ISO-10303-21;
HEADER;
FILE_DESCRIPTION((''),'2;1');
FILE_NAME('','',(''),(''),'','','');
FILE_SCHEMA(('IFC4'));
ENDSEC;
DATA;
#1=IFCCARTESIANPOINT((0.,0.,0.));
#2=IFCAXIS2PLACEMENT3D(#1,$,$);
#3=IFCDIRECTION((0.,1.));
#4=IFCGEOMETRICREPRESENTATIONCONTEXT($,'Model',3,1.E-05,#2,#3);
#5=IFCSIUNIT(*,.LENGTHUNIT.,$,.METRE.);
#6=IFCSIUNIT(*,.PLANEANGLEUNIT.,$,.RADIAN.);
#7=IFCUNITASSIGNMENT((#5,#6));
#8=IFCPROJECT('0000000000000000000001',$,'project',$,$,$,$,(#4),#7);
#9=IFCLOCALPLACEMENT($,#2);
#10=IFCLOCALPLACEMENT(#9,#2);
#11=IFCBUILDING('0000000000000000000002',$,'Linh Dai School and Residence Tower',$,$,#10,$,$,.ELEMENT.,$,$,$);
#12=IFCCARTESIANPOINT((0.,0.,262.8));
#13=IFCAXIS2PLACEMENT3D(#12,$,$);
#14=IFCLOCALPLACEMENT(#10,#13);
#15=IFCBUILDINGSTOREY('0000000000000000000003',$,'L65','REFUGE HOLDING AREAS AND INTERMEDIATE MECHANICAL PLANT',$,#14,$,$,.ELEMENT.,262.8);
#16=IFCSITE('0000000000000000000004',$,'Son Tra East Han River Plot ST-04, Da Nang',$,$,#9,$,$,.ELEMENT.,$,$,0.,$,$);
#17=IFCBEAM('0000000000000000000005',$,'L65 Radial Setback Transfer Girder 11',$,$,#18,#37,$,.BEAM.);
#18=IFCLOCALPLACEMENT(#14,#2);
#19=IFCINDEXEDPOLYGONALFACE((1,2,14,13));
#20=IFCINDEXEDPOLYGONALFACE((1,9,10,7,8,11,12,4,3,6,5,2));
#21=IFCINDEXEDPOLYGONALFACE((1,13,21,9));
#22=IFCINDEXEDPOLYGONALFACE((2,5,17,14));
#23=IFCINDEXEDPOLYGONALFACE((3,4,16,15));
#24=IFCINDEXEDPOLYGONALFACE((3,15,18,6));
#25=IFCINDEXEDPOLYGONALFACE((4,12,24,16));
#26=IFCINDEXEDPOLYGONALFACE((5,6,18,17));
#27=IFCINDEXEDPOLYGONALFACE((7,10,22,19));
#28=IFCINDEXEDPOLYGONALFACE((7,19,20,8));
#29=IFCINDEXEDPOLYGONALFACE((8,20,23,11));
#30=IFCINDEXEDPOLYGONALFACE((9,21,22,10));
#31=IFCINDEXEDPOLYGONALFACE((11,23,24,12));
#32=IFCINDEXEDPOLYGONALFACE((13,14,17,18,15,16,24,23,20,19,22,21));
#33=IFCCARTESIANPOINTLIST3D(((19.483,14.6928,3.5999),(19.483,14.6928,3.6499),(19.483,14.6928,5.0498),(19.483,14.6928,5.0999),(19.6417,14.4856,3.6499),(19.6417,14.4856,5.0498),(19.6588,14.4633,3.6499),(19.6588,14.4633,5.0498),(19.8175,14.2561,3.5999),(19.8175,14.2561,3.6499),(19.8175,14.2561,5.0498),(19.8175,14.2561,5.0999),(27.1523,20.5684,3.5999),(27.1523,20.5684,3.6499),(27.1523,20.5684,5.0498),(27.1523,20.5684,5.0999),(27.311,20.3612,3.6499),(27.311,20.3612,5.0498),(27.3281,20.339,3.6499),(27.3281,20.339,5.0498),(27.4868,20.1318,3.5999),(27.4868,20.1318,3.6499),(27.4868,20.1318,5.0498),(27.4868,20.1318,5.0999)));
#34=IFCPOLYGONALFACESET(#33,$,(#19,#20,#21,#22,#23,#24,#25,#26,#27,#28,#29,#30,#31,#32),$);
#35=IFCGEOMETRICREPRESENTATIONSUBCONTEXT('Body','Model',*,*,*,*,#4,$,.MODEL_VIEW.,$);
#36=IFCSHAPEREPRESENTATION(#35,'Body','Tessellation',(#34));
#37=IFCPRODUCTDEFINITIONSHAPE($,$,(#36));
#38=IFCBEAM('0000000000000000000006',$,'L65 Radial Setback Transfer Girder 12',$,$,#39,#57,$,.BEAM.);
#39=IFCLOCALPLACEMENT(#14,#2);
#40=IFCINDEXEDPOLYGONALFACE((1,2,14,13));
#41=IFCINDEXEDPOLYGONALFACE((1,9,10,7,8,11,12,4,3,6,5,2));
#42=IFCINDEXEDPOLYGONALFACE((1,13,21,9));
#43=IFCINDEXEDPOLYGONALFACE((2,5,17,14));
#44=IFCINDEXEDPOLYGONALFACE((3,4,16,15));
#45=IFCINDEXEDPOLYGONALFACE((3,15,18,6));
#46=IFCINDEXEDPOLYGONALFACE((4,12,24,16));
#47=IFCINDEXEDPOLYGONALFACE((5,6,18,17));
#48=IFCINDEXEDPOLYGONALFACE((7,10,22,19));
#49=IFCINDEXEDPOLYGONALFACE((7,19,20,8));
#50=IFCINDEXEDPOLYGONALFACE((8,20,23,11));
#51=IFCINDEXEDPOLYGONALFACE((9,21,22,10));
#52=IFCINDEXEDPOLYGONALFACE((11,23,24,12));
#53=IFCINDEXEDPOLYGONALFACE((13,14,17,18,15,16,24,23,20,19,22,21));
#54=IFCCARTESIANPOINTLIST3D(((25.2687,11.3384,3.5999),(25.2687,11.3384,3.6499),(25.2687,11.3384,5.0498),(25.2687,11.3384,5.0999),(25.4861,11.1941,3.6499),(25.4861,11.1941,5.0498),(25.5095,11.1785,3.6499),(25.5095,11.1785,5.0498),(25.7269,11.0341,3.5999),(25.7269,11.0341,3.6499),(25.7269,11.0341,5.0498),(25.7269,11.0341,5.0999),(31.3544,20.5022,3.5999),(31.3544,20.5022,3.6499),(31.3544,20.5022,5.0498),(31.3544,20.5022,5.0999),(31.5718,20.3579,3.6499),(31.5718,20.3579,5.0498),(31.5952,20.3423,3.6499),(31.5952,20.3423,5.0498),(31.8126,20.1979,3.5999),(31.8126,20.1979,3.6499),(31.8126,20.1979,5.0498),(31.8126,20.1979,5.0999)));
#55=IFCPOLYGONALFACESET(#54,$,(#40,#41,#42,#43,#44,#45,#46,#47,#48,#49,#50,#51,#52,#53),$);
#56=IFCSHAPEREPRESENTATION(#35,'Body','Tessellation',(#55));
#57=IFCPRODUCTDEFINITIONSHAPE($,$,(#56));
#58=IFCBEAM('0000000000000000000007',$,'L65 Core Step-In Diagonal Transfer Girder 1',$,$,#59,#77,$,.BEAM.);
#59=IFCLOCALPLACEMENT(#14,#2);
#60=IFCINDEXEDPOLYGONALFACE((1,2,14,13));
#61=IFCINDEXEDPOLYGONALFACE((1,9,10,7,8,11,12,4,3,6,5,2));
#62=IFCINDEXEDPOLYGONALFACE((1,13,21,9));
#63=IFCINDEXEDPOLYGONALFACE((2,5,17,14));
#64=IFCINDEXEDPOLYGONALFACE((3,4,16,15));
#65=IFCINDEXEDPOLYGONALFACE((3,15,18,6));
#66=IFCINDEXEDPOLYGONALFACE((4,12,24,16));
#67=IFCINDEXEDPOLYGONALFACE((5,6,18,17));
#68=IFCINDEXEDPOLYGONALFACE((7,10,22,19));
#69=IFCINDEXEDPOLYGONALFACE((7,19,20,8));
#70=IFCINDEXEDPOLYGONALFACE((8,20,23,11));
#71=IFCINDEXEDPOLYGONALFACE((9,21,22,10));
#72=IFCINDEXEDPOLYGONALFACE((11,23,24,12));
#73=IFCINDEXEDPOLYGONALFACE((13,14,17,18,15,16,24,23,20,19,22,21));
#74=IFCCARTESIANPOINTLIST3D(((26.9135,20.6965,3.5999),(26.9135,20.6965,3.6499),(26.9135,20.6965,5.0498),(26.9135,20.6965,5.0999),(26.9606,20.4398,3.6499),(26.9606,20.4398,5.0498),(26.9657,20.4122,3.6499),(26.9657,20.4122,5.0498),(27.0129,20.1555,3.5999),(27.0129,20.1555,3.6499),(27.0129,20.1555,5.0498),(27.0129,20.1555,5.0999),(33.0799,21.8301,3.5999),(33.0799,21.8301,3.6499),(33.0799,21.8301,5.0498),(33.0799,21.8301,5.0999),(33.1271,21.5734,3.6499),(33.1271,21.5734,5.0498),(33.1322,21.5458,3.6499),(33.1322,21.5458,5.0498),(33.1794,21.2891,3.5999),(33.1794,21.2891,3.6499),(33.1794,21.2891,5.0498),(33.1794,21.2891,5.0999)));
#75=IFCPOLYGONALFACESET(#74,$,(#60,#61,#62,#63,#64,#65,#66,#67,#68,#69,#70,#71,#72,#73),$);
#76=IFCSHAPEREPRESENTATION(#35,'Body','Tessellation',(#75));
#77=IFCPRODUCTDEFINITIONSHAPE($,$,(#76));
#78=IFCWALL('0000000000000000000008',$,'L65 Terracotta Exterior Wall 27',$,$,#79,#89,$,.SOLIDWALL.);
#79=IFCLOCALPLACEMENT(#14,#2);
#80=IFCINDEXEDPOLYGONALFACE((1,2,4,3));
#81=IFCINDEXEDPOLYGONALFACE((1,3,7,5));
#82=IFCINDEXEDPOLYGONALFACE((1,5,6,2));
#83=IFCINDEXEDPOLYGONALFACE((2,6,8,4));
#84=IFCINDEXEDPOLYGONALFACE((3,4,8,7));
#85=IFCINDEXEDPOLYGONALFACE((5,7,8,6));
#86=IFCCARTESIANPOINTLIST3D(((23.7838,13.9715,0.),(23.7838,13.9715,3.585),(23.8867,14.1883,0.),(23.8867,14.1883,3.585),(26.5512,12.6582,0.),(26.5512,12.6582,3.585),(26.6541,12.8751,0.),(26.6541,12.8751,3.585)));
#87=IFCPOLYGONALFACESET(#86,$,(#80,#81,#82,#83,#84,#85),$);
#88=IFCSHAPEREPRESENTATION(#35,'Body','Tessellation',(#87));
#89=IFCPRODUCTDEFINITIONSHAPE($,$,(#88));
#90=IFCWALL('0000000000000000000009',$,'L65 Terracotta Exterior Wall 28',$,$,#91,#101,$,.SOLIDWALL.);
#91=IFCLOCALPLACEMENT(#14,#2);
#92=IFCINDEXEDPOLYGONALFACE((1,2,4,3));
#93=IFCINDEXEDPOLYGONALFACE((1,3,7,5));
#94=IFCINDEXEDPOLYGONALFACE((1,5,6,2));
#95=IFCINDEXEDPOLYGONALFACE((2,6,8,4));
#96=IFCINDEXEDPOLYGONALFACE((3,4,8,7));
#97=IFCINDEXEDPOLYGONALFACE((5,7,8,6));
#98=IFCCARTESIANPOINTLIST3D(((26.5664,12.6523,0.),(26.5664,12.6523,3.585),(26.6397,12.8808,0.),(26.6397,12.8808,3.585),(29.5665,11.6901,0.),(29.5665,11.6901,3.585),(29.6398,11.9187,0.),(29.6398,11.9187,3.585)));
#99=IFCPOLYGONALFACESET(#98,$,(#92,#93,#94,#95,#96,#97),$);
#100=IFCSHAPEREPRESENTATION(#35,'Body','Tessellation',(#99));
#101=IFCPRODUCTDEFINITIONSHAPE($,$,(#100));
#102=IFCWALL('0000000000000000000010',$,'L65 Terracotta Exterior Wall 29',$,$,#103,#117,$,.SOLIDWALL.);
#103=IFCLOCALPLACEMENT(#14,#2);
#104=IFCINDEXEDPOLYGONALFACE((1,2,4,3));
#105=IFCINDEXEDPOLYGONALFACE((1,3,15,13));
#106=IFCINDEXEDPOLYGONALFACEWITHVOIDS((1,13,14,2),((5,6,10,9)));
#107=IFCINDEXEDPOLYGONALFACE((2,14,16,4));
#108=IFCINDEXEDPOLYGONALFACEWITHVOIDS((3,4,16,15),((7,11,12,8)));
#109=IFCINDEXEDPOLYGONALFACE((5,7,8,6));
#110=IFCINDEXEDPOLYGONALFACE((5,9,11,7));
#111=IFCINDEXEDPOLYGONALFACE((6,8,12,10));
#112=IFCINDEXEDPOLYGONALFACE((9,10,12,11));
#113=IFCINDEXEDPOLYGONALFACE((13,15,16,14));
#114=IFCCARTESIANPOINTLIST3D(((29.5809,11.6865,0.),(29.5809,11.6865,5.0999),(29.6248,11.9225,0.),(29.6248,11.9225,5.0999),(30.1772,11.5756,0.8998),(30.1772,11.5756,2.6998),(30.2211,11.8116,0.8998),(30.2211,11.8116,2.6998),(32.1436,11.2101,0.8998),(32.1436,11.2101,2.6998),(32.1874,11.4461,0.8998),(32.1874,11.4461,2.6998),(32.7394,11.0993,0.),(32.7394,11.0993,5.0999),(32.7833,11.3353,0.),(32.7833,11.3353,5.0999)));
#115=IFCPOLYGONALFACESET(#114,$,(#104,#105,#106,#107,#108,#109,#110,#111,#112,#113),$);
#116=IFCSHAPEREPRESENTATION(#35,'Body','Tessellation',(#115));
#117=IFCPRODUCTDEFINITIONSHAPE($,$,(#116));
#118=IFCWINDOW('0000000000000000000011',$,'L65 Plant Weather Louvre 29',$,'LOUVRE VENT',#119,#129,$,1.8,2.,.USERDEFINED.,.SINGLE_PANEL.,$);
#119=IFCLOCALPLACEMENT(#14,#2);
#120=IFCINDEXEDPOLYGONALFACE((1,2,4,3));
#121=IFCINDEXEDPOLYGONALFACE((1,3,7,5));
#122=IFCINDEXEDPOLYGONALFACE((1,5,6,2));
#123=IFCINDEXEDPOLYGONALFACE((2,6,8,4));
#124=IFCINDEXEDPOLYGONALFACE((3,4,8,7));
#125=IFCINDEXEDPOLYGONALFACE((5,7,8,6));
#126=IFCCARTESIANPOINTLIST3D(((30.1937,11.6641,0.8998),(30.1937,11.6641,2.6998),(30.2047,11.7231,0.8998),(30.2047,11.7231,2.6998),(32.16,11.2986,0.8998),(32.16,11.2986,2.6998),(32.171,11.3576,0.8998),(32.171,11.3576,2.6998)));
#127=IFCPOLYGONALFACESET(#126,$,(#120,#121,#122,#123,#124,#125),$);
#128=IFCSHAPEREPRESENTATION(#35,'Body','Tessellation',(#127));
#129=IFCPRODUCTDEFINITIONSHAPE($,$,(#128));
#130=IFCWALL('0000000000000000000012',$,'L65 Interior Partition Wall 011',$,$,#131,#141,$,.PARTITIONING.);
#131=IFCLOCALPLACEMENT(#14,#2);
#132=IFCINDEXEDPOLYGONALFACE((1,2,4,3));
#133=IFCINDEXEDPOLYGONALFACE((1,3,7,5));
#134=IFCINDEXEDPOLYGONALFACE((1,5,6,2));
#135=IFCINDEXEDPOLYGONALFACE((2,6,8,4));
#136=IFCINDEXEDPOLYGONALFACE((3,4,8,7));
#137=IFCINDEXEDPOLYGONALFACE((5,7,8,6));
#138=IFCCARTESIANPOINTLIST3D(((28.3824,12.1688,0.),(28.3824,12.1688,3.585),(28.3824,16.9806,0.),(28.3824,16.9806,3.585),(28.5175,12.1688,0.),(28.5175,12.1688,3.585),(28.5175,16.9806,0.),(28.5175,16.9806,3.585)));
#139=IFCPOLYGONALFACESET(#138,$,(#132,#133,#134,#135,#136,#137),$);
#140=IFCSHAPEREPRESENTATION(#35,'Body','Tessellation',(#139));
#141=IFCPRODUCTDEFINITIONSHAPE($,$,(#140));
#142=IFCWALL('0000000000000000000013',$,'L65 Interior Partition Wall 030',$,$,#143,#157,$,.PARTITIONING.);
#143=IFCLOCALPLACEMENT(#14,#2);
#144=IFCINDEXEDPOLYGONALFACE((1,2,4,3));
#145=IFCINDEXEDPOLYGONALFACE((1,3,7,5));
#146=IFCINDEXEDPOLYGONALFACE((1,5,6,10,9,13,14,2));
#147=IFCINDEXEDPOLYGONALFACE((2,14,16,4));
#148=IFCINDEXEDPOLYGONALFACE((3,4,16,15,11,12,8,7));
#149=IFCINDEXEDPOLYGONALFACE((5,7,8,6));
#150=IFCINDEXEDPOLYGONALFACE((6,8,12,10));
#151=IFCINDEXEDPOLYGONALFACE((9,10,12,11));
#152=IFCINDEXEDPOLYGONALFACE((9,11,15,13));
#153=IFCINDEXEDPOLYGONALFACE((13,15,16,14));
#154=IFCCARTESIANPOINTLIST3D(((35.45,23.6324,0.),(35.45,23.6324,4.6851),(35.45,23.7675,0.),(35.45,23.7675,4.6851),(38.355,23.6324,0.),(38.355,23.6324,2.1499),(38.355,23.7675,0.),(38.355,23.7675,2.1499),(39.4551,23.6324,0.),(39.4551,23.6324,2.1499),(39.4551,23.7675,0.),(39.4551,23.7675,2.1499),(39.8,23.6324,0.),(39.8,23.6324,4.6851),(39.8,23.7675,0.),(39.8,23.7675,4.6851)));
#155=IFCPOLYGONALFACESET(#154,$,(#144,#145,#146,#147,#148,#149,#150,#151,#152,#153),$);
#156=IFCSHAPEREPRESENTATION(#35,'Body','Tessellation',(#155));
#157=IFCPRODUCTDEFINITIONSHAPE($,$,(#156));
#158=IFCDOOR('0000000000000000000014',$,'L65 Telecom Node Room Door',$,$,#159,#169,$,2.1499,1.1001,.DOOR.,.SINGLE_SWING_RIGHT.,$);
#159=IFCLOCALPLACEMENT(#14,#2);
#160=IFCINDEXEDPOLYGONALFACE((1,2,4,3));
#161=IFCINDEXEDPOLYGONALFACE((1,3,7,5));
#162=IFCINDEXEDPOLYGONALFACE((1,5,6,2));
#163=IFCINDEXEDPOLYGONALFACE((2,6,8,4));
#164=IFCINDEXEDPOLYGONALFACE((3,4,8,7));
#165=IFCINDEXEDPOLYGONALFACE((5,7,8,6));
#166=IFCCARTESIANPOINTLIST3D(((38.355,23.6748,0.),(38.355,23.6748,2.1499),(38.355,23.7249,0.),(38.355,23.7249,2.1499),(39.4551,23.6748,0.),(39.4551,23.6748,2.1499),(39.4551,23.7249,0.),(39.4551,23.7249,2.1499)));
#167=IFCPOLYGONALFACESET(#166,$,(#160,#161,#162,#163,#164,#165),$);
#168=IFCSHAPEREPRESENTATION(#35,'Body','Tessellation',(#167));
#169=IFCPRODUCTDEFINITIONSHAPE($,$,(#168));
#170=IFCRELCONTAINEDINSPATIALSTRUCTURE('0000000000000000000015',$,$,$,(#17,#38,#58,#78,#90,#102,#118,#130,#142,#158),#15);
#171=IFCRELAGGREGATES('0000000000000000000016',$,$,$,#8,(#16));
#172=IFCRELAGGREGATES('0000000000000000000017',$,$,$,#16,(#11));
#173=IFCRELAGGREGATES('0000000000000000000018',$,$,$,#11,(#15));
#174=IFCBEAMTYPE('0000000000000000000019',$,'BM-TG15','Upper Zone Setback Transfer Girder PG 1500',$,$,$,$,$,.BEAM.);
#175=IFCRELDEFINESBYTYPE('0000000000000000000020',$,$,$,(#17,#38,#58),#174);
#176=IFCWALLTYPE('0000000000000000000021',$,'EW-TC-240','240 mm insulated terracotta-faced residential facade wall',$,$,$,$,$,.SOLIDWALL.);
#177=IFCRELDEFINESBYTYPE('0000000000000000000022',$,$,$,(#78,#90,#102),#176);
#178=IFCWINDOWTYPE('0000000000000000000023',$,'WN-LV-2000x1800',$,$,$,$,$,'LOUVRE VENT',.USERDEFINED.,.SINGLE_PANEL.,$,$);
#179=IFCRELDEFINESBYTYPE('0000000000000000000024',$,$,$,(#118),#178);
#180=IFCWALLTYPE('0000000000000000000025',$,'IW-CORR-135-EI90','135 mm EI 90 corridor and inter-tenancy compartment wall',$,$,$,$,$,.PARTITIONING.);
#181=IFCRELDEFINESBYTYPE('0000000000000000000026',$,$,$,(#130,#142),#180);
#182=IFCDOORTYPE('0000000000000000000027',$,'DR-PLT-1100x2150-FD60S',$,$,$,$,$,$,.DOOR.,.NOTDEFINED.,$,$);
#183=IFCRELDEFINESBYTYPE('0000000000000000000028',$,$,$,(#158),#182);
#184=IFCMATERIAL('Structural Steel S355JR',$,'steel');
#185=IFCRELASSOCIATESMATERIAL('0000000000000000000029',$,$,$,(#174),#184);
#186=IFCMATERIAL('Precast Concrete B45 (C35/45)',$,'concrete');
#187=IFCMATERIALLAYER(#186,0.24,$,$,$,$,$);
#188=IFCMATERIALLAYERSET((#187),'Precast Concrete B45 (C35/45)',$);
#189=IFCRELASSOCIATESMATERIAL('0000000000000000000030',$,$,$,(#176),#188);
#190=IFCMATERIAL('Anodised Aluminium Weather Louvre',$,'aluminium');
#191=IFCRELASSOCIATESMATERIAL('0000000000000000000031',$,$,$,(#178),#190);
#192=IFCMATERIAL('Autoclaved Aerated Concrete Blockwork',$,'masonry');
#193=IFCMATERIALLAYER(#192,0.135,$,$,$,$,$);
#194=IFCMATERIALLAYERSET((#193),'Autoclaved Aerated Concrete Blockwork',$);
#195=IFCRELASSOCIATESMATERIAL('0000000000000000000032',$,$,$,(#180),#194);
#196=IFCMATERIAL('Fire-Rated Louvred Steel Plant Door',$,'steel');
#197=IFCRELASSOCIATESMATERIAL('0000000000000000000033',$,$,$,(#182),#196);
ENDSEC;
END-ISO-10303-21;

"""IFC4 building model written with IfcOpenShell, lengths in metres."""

from ifc_helpers import new_model, si_unit, direction, frame, frame_2d, origin, origin_2d, place, context, subcontext, project, spatial, rectangle, i_section, extrude, source, transform, mapped, material, layer, layer_set, material_profile, profile_set, type_object, element, fill, save


model = new_model("IFC4")

# Units and contexts
model_context = context("Model", 3, precision=1e-05, world=origin(), true_north=direction((0.0, 1.0)))
body_context = subcontext(model_context, "Body", "Model", "MODEL_VIEW")
ifc_project = project(units=[si_unit("LENGTHUNIT", "METRE"), si_unit("PLANEANGLEUNIT", "RADIAN")], contexts=[model_context])

# Site, building, storey
site_placement = place(None, origin())
site = spatial("IfcSite", under=ifc_project, at=site_placement, Name="Son Tra East Han River Plot ST-04, Da Nang", CompositionType="ELEMENT", RefElevation=0.0)
building_placement = place(site_placement, origin())
building = spatial("IfcBuilding", under=site, at=building_placement, Name="Linh Dai School and Residence Tower", CompositionType="ELEMENT")
storey_placement = place(building_placement, frame((0.0, 0.0, 262.8)))
storey = spatial("IfcBuildingStorey", under=building, at=storey_placement, Name="L65", Description="REFUGE HOLDING AREAS AND INTERMEDIATE MECHANICAL PLANT", CompositionType="ELEMENT", Elevation=262.8)

# Shared definitions
ifc_material_1 = material(Name="Structural Steel S355JR", Category="steel")

# Beams
ifc_material_profile_1 = material_profile(ifc_material_1, i_section(OverallWidth=0.55, OverallDepth=1.5, WebThickness=0.0281, FlangeThickness=0.05, at=origin_2d()), Name="PG 1500x550x28x50")
ifc_profile_set_1 = profile_set([ifc_material_profile_1], Name="Structural Steel S355JR")
beam_type_1 = type_object("IfcBeamType", Name="BM-TG15", Description="Upper Zone Setback Transfer Girder PG 1500", PredefinedType="BEAM", material=ifc_profile_set_1)
beam_1_placement = place(storey_placement, frame((27.3196, 20.3501, 4.3499), z_axis=(-0.793815, -0.60816, 0.0), x_axis=(0.60816, -0.793815, 0.0)))
element("IfcBeam", 1, at=beam_1_placement, inside=storey, type_object=beam_type_1, Name="L65 Radial Setback Transfer Girder 11", PredefinedType="BEAM", context=body_context, shape_type="SweptSolid", body=[
    extrude(i_section(OverallWidth=0.55, OverallDepth=1.5, WebThickness=0.0281, FlangeThickness=0.05, at=origin_2d()), origin(), (0.0, 0.0, 1.0), 9.6614),
])
beam_2_placement = place(storey_placement, frame((31.5835, 20.3501, 4.3499), z_axis=(-0.553219, -0.833036, 0.0), x_axis=(0.833036, -0.553219, 0.0)))
element("IfcBeam", 2, at=beam_2_placement, inside=storey, type_object=beam_type_1, Name="L65 Radial Setback Transfer Girder 12", PredefinedType="BEAM", context=body_context, shape_type="SweptSolid", body=[
    extrude(i_section(OverallWidth=0.55, OverallDepth=1.5, WebThickness=0.0281, FlangeThickness=0.05, at=origin_2d()), origin(), (0.0, 0.0, 1.0), 11.0005),
])
beam_3_placement = place(storey_placement, frame((33.1296, 21.5596, 4.3499), z_axis=(-0.983521, -0.180794, 0.0), x_axis=(0.180794, -0.983521, 0.0)))
element("IfcBeam", 3, at=beam_3_placement, inside=storey, type_object=beam_type_1, Name="L65 Core Step-In Diagonal Transfer Girder 1", PredefinedType="BEAM", context=body_context, shape_type="SweptSolid", body=[
    extrude(i_section(OverallWidth=0.55, OverallDepth=1.5, WebThickness=0.0281, FlangeThickness=0.05, at=origin_2d()), origin(), (0.0, 0.0, 1.0), 6.2698),
])

# Walls
ifc_material_2 = material(Name="Precast Concrete B45 (C35/45)", Category="concrete")
ifc_layer_1 = layer(ifc_material_2, 0.24)
ifc_layer_set_1 = layer_set([ifc_layer_1], Name="Precast Concrete B45 (C35/45)")
wall_type_1 = type_object("IfcWallType", Name="EW-TC-240", Description="240 mm insulated terracotta-faced residential facade wall", PredefinedType="SOLIDWALL", material=ifc_layer_set_1)
wall_1_placement = place(storey_placement, frame((26.6028, 12.7666, 0.0), z_axis=(0.0, 0.0, 1.0), x_axis=(-0.903436, 0.428724, 0.0)))
element("IfcWall", 4, at=wall_1_placement, inside=storey, type_object=wall_type_1, Name="L65 Terracotta Exterior Wall 27", PredefinedType="SOLIDWALL", context=body_context, shape_type="SweptSolid", body=[
    extrude(rectangle(XDim=3.0632, YDim=0.24, at=frame_2d((1.5317, 0.0))), origin(), (0.0, 0.0, 1.0), 3.585),
])
wall_2_placement = place(storey_placement, frame((29.603, 11.8044, 0.0), z_axis=(0.0, 0.0, 1.0), x_axis=(-0.952232, 0.305375, 0.0)))
element("IfcWall", 5, at=wall_2_placement, inside=storey, type_object=wall_type_1, Name="L65 Terracotta Exterior Wall 28", PredefinedType="SOLIDWALL", context=body_context, shape_type="SweptSolid", body=[
    extrude(rectangle(XDim=3.1506, YDim=0.24, at=frame_2d((1.5752, 0.0))), origin(), (0.0, 0.0, 1.0), 3.585),
])

# Wall, opening, window
wall_3_placement = place(storey_placement, frame((32.7615, 11.2173, 0.0), z_axis=(0.0, 0.0, 1.0), x_axis=(-0.983156, 0.18277, 0.0)))
wall_3 = element("IfcWall", 6, at=wall_3_placement, inside=storey, type_object=wall_type_1, Name="L65 Terracotta Exterior Wall 29", PredefinedType="SOLIDWALL", context=body_context, shape_type="SweptSolid", body=[
    extrude(rectangle(XDim=3.2126, YDim=0.24, at=frame_2d((1.6064, 0.0))), origin(), (0.0, 0.0, 1.0), 5.0999),
])
opening_1_placement = place(wall_3_placement, frame((0.6062, 0.0, 0.8999)))
opening_1 = element("IfcOpeningElement", 7, at=opening_1_placement, cuts=wall_3, PredefinedType="OPENING", context=body_context, shape_type="SweptSolid", body=[
    extrude(rectangle(XDim=2.0, YDim=1.8, at=origin_2d()), frame((1.0, 0.1299, 0.8999), z_axis=(0.0, -1.0, 0.0), x_axis=(1.0, 0.0, 0.0)), (0.0, 0.0, 1.0), 0.26),
])
ifc_material_3 = material(Name="Anodised Aluminium Weather Louvre", Category="aluminium")
window_type = type_object("IfcWindowType", Name="WN-LV-2000x1800", ElementType="LOUVRE VENT", PartitioningType="SINGLE_PANEL", PredefinedType="USERDEFINED", material=ifc_material_3)
shared_shape_1 = source(origin(), body_context, "Body", "SweptSolid", [
    extrude(rectangle(XDim=2.0, YDim=1.8, at=origin_2d()), frame((1.0, 0.03, 0.8999), z_axis=(0.0, -1.0, 0.0), x_axis=(1.0, 0.0, 0.0)), (0.0, 0.0, 1.0), 0.0601),
])
window_placement = place(opening_1_placement, origin())
window = element("IfcWindow", 8, at=window_placement, inside=storey, type_object=window_type, Name="L65 Plant Weather Louvre 29", ObjectType="LOUVRE VENT", OverallHeight=1.8, OverallWidth=2.0, PartitioningType="SINGLE_PANEL", PredefinedType="USERDEFINED", context=body_context, shape_type="MappedRepresentation", body=[
    mapped(shared_shape_1, transform((0.0, 0.0, 0.0), x_axis=(1.0, 0.0, 0.0), y_axis=(0.0, 1.0, 0.0), z_axis=(0.0, 0.0, 1.0), scale=1.0)),
])
fill(opening_1, window)

# Wall
ifc_material_4 = material(Name="Autoclaved Aerated Concrete Blockwork", Category="masonry")
ifc_layer_2 = layer(ifc_material_4, 0.135)
ifc_layer_set_2 = layer_set([ifc_layer_2], Name="Autoclaved Aerated Concrete Blockwork")
wall_type_2 = type_object("IfcWallType", Name="IW-CORR-135-EI90", Description="135 mm EI 90 corridor and inter-tenancy compartment wall", PredefinedType="PARTITIONING", material=ifc_layer_set_2)
wall_4_placement = place(storey_placement, frame((28.45, 12.1689, 0.0), z_axis=(0.0, 0.0, 1.0), x_axis=(0.0, 1.0, 0.0)))
element("IfcWall", 9, at=wall_4_placement, inside=storey, type_object=wall_type_2, Name="L65 Interior Partition Wall 011", PredefinedType="PARTITIONING", context=body_context, shape_type="SweptSolid", body=[
    extrude(rectangle(XDim=4.8118, YDim=0.135, at=frame_2d((2.4058, 0.0))), origin(), (0.0, 0.0, 1.0), 3.585),
])

# Wall, opening, door
ifc_material_5 = material(Name="Fire-Rated Louvred Steel Plant Door", Category="steel")
door_type_1 = type_object("IfcDoorType", Name="DR-PLT-1100x2150-FD60S", OperationType="NOTDEFINED", PredefinedType="DOOR", material=ifc_material_5)
shared_shape_2 = source(origin(), body_context, "Body", "SweptSolid", [
    extrude(rectangle(XDim=1.1001, YDim=2.1499, at=origin_2d()), frame((0.55, 0.0249, 1.075), z_axis=(0.0, -1.0, 0.0), x_axis=(1.0, 0.0, 0.0)), (0.0, 0.0, 1.0), 0.05),
])
wall_5_placement = place(storey_placement, frame((35.45, 23.7, 0.0), z_axis=(0.0, 0.0, 1.0), x_axis=(1.0, 0.0, 0.0)))
wall_5 = element("IfcWall", 10, at=wall_5_placement, inside=storey, type_object=wall_type_2, Name="L65 Interior Partition Wall 030", PredefinedType="PARTITIONING", context=body_context, shape_type="SweptSolid", body=[
    extrude(rectangle(XDim=4.3501, YDim=0.135, at=frame_2d((2.175, 0.0))), origin(), (0.0, 0.0, 1.0), 4.6851),
])
opening_2_placement = place(wall_5_placement, frame((2.905, 0.0, 0.0)))
opening_2 = element("IfcOpeningElement", 11, at=opening_2_placement, cuts=wall_5, PredefinedType="OPENING", context=body_context, shape_type="SweptSolid", body=[
    extrude(rectangle(XDim=1.1001, YDim=2.1499, at=origin_2d()), frame((0.55, 0.0776, 1.075), z_axis=(0.0, -1.0, 0.0), x_axis=(1.0, 0.0, 0.0)), (0.0, 0.0, 1.0), 0.155),
])
door_1_placement = place(opening_2_placement, origin())
door_1 = element("IfcDoor", 12, at=door_1_placement, inside=storey, type_object=door_type_1, Name="L65 Telecom Node Room Door", OperationType="SINGLE_SWING_RIGHT", OverallHeight=2.1499, OverallWidth=1.1001, PredefinedType="DOOR", context=body_context, shape_type="MappedRepresentation", body=[
    mapped(shared_shape_2, transform((0.0, 0.0, 0.0), x_axis=(1.0, 0.0, 0.0), y_axis=(0.0, 1.0, 0.0), z_axis=(0.0, 0.0, 1.0), scale=1.0)),
])
fill(opening_2, door_1)

save(model, "model.ifc")
